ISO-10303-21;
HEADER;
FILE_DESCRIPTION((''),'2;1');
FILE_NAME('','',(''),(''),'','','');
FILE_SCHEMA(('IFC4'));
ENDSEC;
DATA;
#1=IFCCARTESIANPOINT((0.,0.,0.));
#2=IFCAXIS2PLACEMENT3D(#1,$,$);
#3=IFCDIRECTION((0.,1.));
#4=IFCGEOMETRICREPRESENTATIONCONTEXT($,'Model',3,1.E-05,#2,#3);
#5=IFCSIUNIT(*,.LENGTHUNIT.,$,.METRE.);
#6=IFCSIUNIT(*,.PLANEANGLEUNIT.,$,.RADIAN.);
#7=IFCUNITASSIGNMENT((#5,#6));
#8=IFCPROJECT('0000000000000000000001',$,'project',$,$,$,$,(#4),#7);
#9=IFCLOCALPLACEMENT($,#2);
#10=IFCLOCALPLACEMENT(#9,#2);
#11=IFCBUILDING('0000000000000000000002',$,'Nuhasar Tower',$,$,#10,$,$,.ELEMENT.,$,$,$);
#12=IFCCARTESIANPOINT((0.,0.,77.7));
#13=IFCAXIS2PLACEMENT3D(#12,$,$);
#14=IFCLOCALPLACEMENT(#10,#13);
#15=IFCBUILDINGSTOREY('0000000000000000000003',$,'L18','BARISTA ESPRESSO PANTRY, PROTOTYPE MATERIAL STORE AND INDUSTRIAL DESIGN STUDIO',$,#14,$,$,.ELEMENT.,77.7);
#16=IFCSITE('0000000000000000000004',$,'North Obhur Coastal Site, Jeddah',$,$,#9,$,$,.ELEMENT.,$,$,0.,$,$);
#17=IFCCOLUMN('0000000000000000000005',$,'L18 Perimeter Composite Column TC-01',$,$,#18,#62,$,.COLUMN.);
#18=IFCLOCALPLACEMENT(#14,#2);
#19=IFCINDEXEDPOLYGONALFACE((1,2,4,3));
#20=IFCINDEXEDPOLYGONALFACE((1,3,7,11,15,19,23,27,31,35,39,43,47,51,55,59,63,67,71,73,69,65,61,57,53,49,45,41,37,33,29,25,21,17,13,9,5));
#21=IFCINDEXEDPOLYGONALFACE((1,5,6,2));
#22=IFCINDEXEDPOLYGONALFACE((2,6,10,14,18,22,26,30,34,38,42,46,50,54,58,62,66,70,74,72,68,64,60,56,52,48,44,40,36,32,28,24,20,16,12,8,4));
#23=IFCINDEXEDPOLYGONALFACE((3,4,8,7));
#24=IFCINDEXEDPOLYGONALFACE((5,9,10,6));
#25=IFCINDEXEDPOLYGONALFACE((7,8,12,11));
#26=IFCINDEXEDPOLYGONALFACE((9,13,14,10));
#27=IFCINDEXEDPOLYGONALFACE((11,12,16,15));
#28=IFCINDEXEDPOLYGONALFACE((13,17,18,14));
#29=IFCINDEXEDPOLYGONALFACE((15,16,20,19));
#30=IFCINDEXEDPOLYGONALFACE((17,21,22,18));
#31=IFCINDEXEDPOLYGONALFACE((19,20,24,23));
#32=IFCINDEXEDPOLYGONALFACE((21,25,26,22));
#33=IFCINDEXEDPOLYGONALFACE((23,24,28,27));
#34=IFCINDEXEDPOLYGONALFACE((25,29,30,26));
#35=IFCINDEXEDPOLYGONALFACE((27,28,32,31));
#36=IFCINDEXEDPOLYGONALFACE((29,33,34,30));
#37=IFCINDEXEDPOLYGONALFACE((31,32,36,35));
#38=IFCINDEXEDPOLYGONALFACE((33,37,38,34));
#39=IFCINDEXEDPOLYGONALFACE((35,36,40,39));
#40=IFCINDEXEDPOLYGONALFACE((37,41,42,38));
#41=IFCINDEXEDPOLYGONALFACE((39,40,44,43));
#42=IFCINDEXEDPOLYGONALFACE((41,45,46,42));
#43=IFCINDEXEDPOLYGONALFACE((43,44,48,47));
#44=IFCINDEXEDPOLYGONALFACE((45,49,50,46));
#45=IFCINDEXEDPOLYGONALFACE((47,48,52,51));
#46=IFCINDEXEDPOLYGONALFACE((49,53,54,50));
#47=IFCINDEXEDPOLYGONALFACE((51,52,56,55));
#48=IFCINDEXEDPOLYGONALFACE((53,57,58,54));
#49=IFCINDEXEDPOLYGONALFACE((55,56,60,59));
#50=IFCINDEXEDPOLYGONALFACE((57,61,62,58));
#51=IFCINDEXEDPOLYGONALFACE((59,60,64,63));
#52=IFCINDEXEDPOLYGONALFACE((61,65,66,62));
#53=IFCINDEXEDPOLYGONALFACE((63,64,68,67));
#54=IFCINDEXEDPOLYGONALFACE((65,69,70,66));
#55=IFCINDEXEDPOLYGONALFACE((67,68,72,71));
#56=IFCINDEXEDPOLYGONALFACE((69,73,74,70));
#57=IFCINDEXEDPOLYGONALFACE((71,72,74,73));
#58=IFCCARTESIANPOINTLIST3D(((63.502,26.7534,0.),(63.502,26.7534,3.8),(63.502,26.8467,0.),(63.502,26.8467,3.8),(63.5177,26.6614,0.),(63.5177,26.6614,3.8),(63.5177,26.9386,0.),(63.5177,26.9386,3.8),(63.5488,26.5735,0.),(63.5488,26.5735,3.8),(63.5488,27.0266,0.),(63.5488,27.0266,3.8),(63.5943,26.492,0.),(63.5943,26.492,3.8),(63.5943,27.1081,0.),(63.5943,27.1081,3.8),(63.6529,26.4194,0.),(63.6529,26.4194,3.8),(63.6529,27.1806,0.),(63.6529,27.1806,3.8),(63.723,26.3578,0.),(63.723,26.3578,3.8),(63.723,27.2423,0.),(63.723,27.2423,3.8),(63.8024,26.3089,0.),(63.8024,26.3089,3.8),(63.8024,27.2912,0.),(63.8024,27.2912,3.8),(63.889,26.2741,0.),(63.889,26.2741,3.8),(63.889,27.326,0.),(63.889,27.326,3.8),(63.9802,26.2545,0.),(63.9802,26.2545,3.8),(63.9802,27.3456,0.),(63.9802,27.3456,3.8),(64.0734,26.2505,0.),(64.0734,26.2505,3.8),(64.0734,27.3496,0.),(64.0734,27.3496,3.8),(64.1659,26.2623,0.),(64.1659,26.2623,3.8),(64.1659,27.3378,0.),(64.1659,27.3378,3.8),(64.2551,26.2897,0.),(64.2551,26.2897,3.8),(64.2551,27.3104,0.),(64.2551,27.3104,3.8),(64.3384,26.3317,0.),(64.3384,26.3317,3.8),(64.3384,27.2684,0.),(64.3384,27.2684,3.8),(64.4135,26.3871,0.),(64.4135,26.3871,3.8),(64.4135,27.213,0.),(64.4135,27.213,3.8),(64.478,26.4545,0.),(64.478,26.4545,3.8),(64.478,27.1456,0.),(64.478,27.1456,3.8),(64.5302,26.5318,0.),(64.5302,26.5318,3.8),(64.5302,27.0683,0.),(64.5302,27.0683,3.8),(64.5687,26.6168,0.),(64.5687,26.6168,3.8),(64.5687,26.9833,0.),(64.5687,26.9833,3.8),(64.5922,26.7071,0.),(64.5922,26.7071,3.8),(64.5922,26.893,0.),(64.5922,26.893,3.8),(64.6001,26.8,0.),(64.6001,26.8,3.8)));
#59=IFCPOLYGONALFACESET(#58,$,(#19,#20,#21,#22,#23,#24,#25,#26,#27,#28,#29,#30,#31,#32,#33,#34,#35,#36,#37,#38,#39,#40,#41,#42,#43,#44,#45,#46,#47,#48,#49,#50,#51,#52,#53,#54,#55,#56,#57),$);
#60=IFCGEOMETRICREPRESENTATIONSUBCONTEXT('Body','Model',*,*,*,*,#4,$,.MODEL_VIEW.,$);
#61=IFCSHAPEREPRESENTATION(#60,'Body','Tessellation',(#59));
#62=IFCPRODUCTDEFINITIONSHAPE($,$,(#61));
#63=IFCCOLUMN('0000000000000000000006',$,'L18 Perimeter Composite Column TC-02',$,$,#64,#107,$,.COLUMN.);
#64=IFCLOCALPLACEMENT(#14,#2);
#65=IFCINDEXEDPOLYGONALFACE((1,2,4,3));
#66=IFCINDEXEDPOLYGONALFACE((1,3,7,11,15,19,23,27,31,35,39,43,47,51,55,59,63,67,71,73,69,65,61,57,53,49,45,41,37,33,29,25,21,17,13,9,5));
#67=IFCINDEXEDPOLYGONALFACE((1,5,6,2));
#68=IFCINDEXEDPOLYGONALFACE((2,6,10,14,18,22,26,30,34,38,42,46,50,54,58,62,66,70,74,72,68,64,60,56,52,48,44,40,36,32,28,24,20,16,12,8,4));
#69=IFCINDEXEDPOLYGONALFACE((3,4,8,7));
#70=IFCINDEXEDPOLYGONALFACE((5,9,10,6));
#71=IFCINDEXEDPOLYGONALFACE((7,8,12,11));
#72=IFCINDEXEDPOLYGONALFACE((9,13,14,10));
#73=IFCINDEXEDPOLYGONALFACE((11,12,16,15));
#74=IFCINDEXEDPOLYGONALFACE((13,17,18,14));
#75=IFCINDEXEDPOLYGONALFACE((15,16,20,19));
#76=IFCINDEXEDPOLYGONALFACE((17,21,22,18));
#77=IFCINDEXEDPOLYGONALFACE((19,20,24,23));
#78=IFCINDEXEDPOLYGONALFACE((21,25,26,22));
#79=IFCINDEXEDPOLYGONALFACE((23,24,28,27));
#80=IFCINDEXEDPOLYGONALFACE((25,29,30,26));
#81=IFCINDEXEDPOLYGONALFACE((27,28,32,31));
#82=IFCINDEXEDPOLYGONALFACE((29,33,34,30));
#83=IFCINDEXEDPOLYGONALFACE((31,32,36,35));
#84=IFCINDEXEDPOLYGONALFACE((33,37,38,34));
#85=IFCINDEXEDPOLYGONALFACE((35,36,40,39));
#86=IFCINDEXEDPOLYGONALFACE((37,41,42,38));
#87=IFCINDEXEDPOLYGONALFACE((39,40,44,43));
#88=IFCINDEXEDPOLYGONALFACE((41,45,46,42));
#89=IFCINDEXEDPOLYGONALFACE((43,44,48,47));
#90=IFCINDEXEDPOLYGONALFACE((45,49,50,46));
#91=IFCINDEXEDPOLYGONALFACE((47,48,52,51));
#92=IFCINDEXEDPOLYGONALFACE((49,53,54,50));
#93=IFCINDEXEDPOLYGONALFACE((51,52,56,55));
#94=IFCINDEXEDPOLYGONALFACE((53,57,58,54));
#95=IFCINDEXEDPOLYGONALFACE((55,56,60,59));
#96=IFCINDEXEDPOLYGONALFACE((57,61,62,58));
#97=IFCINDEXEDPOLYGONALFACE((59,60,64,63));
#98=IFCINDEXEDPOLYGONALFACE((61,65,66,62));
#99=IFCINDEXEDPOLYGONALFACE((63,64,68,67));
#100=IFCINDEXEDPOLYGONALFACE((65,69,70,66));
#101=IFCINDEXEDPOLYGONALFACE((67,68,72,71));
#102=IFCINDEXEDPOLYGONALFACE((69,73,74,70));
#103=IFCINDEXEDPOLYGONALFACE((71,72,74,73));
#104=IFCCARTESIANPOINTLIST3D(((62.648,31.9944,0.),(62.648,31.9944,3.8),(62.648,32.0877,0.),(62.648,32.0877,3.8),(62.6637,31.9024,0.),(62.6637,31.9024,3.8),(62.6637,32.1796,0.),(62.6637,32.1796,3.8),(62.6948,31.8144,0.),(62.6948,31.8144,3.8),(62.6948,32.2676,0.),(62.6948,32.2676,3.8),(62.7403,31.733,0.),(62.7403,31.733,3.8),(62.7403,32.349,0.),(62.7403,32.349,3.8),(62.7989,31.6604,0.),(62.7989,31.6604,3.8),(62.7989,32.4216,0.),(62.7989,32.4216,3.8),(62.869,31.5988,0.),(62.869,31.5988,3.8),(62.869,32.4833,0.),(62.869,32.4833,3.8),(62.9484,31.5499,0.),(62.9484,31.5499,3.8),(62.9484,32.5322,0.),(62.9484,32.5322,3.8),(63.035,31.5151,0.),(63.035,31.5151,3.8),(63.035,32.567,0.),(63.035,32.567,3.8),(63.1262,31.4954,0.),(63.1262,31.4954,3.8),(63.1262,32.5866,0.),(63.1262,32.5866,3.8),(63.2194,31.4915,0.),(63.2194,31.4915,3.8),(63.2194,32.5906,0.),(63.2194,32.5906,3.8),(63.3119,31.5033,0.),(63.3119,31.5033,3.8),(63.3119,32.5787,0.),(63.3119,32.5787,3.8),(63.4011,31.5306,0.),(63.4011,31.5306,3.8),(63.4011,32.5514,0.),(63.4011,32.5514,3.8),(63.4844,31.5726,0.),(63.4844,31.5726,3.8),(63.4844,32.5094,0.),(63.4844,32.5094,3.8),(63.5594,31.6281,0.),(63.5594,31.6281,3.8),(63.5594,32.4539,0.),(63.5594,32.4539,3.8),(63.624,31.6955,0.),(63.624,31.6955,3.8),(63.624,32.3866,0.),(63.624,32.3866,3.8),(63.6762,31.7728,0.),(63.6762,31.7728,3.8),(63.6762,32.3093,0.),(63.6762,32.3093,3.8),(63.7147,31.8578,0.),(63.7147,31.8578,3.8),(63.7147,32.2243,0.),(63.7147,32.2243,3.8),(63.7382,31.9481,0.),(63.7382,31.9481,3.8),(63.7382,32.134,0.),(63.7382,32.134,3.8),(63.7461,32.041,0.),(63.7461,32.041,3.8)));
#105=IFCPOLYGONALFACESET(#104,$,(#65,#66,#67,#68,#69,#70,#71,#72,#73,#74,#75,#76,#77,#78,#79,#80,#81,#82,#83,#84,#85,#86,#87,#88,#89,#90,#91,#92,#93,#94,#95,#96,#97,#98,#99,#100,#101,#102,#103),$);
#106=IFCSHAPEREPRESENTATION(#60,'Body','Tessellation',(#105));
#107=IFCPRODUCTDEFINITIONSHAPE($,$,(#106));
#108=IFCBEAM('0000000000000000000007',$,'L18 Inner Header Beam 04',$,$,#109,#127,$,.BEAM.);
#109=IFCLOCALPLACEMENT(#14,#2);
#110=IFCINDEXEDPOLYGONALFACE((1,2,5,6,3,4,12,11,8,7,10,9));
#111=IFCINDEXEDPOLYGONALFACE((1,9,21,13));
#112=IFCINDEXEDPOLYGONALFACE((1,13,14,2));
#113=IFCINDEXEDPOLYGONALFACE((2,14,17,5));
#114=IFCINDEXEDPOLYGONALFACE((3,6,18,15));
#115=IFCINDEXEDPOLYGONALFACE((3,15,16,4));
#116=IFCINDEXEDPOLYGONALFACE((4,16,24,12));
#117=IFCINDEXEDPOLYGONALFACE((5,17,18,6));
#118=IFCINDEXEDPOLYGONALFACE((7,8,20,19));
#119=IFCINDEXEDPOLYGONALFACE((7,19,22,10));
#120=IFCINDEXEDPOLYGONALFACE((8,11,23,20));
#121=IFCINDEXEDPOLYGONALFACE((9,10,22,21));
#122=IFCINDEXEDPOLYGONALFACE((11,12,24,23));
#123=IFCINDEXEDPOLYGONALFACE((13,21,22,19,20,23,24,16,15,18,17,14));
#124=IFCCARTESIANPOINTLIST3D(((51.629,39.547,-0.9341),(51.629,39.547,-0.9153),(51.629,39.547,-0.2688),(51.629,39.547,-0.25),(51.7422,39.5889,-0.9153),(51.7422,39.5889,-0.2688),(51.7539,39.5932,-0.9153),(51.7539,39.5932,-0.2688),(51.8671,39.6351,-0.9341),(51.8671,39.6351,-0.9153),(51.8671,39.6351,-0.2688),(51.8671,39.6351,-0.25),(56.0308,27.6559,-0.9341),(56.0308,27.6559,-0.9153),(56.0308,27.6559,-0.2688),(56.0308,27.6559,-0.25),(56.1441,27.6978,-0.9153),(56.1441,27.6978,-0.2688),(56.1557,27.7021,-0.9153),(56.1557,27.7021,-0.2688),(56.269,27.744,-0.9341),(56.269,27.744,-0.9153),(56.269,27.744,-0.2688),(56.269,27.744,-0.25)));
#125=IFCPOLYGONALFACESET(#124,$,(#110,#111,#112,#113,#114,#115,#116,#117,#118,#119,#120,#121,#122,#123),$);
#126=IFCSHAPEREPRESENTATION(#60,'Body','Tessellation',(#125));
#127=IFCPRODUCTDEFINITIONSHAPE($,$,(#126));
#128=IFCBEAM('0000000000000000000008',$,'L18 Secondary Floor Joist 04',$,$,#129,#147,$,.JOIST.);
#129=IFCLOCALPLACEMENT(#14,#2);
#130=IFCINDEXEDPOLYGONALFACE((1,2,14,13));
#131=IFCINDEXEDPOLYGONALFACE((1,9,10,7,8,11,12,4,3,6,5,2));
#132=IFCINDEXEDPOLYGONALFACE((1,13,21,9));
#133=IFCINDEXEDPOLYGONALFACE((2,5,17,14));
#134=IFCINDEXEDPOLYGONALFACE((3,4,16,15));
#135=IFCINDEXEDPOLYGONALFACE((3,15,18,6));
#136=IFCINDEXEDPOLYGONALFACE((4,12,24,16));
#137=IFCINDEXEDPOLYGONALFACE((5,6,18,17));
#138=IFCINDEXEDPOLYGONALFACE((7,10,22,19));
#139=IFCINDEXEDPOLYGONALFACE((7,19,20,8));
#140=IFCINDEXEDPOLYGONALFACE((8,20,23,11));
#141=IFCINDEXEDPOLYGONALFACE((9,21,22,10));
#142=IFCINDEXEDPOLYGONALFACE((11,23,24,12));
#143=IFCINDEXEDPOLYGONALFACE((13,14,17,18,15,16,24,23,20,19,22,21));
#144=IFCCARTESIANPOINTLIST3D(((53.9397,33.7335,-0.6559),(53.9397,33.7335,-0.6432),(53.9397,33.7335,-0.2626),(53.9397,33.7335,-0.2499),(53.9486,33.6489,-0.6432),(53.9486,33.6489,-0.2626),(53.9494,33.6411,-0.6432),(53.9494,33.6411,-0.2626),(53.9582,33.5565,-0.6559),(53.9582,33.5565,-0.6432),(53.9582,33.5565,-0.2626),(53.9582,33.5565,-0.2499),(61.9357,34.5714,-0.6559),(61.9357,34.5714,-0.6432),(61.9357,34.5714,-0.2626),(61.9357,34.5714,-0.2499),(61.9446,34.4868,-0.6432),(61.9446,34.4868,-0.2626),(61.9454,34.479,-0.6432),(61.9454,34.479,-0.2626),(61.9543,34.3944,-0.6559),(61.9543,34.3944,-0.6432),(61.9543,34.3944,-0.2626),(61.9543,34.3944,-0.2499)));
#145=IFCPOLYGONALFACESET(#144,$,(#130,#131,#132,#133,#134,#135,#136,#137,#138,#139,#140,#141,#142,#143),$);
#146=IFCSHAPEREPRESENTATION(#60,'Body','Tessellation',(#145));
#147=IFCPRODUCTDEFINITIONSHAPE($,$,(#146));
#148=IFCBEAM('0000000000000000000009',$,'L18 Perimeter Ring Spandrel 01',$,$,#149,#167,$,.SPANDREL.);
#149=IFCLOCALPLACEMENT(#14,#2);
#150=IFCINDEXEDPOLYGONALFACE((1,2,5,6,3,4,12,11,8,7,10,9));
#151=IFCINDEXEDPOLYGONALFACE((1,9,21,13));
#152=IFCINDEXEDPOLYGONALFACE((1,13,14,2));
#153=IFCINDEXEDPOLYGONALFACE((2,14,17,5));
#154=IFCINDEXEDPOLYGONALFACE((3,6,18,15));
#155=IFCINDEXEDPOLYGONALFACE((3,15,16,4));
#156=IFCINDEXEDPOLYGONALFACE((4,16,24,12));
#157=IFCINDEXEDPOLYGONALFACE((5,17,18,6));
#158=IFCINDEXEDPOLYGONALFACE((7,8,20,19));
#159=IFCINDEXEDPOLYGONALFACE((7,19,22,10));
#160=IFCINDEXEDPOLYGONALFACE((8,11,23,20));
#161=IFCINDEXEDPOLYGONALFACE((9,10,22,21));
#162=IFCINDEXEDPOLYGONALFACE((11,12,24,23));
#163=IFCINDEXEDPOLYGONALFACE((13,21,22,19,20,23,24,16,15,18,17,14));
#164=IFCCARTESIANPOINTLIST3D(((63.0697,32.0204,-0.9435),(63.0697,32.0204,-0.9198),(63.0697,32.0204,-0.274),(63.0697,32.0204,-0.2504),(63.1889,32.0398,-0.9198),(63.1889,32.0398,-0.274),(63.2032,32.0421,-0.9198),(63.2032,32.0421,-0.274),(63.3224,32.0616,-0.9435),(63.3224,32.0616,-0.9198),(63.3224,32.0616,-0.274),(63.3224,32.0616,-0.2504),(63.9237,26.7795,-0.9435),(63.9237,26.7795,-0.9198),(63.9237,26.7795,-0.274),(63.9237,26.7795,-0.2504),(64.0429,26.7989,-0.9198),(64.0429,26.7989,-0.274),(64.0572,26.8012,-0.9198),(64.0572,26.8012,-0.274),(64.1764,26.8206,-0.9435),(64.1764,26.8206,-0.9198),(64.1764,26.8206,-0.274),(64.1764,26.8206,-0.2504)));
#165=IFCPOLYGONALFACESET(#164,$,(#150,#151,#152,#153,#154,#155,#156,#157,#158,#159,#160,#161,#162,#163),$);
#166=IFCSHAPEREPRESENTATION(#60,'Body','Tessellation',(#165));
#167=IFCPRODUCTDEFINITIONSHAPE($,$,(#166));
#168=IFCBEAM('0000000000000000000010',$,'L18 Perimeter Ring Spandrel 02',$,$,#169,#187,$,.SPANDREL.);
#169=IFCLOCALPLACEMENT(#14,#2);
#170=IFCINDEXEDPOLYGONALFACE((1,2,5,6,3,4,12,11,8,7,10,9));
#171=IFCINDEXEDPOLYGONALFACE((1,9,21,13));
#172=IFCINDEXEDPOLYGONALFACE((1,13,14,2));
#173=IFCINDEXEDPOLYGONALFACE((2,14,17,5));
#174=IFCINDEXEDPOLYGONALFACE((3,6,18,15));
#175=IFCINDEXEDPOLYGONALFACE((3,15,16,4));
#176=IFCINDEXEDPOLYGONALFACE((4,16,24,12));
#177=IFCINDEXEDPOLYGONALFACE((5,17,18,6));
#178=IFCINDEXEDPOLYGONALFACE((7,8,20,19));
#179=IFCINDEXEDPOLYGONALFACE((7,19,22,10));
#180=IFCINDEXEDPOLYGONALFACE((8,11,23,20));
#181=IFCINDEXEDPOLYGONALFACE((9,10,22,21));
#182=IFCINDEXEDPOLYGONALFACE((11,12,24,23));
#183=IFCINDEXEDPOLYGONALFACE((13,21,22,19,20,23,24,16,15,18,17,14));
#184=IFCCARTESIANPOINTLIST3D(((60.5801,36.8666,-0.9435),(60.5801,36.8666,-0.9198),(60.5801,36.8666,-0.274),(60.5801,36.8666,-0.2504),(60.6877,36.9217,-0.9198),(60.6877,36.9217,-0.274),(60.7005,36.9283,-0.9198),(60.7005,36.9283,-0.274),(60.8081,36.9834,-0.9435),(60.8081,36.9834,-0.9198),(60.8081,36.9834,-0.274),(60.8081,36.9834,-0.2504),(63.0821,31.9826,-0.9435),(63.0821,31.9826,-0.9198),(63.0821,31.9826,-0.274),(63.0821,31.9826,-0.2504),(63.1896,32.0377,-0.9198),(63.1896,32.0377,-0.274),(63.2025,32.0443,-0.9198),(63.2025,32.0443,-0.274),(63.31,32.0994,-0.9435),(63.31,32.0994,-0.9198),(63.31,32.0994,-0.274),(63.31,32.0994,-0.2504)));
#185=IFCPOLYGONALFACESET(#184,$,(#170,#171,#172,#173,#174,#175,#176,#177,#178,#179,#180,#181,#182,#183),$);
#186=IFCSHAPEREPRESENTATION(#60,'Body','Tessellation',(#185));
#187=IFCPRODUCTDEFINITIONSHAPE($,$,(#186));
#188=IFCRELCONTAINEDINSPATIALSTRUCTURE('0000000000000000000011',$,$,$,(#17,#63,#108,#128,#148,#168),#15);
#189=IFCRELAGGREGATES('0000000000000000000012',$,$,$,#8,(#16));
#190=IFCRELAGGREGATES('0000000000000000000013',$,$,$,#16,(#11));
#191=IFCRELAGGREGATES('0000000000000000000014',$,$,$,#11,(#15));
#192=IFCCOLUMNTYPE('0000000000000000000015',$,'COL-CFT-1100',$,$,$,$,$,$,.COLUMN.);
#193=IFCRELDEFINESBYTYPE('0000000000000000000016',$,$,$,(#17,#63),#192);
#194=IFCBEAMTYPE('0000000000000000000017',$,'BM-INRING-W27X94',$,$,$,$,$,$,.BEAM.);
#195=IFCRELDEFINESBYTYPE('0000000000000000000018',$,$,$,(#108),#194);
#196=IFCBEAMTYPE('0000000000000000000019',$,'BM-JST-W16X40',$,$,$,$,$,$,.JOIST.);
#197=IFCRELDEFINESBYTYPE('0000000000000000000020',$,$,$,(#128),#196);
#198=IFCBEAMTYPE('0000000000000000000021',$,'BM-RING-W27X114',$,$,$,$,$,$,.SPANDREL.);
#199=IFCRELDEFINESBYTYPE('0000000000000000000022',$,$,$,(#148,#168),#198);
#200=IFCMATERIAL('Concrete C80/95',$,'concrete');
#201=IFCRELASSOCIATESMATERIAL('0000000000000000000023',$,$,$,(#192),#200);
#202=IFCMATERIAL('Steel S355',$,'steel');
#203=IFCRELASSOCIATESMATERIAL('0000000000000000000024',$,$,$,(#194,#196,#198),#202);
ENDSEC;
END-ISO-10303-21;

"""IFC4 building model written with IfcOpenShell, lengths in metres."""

from ifc_helpers import new_model, si_unit, direction, frame, origin, origin_2d, place, context, subcontext, project, spatial, circle, i_section, extrude, material, material_profile, profile_set, type_object, element, save


model = new_model("IFC4")

# Units and contexts
model_context = context("Model", 3, precision=1e-05, world=origin(), true_north=direction((0.0, 1.0)))
body_context = subcontext(model_context, "Body", "Model", "MODEL_VIEW")
ifc_project = project(units=[si_unit("LENGTHUNIT", "METRE"), si_unit("PLANEANGLEUNIT", "RADIAN")], contexts=[model_context])

# Site, building, storey
site_placement = place(None, origin())
site = spatial("IfcSite", under=ifc_project, at=site_placement, Name="North Obhur Coastal Site, Jeddah", CompositionType="ELEMENT", RefElevation=0.0)
building_placement = place(site_placement, origin())
building = spatial("IfcBuilding", under=site, at=building_placement, Name="Nuhasar Tower", CompositionType="ELEMENT")
storey_placement = place(building_placement, frame((0.0, 0.0, 77.7)))
storey = spatial("IfcBuildingStorey", under=building, at=storey_placement, Name="L18", Description="BARISTA ESPRESSO PANTRY, PROTOTYPE MATERIAL STORE AND INDUSTRIAL DESIGN STUDIO", CompositionType="ELEMENT", Elevation=77.7)

# Columns
ifc_material_1 = material(Name="Concrete C80/95", Category="concrete")
ifc_material_profile_1 = material_profile(ifc_material_1, circle(Radius=0.55, at=origin_2d()), Name="CFT1100")
ifc_profile_set_1 = profile_set([ifc_material_profile_1], Name="Concrete C80/95")
column_type = type_object("IfcColumnType", Name="COL-CFT-1100", PredefinedType="COLUMN", material=ifc_profile_set_1)
for number, where, z_axis, x_axis, name in (
    (1, (64.05, 26.8, 0.0), (0.0, 0.0, 1.0), (1.0, 0.0, 0.0), "L18 Perimeter Composite Column TC-01"),
    (2, (63.196, 32.041, 0.0), (0.0, 0.0, 1.0), (1.0, 0.0, 0.0), "L18 Perimeter Composite Column TC-02"),
):
    element("IfcColumn", number, at=place(storey_placement, frame(where, z_axis=z_axis, x_axis=x_axis)), inside=storey, type_object=column_type, Name=name, PredefinedType="COLUMN", context=body_context, shape_type="SweptSolid", body=[
        extrude(circle(Radius=0.55, at=origin_2d()), origin(), (0.0, 0.0, 1.0), 3.8),
    ])

# Beams
ifc_material_2 = material(Name="Steel S355", Category="steel")
ifc_material_profile_2 = material_profile(ifc_material_2, i_section(OverallWidth=0.2539, OverallDepth=0.6841, WebThickness=0.0125, FlangeThickness=0.0188, at=origin_2d()), Name="W27X94")
ifc_profile_set_2 = profile_set([ifc_material_profile_2], Name="Steel S355")
beam_type_1 = type_object("IfcBeamType", Name="BM-INRING-W27X94", PredefinedType="BEAM", material=ifc_profile_set_2)
beam_1_placement = place(storey_placement, frame((56.1499, 27.7, -0.592), z_axis=(-0.347158, 0.937807, 0.0), x_axis=(-0.937807, -0.347158, 0.0)))
element("IfcBeam", 3, at=beam_1_placement, inside=storey, type_object=beam_type_1, Name="L18 Inner Header Beam 04", PredefinedType="BEAM", context=body_context, shape_type="SweptSolid", body=[
    extrude(i_section(OverallWidth=0.2539, OverallDepth=0.6841, WebThickness=0.0125, FlangeThickness=0.0188, at=origin_2d()), origin(), (0.0, 0.0, 1.0), 12.6797),
])
ifc_material_profile_3 = material_profile(ifc_material_2, i_section(OverallWidth=0.178, OverallDepth=0.406, WebThickness=0.0078, FlangeThickness=0.0127, at=origin_2d()), Name="W16X40")
ifc_profile_set_3 = profile_set([ifc_material_profile_3], Name="Steel S355")
beam_type_2 = type_object("IfcBeamType", Name="BM-JST-W16X40", PredefinedType="JOIST", material=ifc_profile_set_3)
beam_2_placement = place(storey_placement, frame((53.949, 33.645, -0.4529), z_axis=(0.994555, 0.104217, 0.0), x_axis=(-0.104217, 0.994555, 0.0)))
element("IfcBeam", 4, at=beam_2_placement, inside=storey, type_object=beam_type_2, Name="L18 Secondary Floor Joist 04", PredefinedType="JOIST", context=body_context, shape_type="SweptSolid", body=[
    extrude(i_section(OverallWidth=0.178, OverallDepth=0.406, WebThickness=0.0078, FlangeThickness=0.0127, at=origin_2d()), origin(), (0.0, 0.0, 1.0), 8.0398),
])
ifc_material_profile_4 = material_profile(ifc_material_2, i_section(OverallWidth=0.2561, OverallDepth=0.6931, WebThickness=0.0144, FlangeThickness=0.0237, at=origin_2d()), Name="W27X114")
ifc_profile_set_4 = profile_set([ifc_material_profile_4], Name="Steel S355")
beam_type_3 = type_object("IfcBeamType", Name="BM-RING-W27X114", PredefinedType="SPANDREL", material=ifc_profile_set_4)
beam_3_placement = place(storey_placement, frame((64.05, 26.8, -0.5969), z_axis=(-0.160827, 0.986983, 0.0), x_axis=(-0.986983, -0.160827, 0.0)))
element("IfcBeam", 5, at=beam_3_placement, inside=storey, type_object=beam_type_3, Name="L18 Perimeter Ring Spandrel 01", PredefinedType="SPANDREL", context=body_context, shape_type="SweptSolid", body=[
    extrude(i_section(OverallWidth=0.2561, OverallDepth=0.6931, WebThickness=0.0144, FlangeThickness=0.0237, at=origin_2d()), origin(), (0.0, 0.0, 1.0), 5.3101),
])
beam_4_placement = place(storey_placement, frame((63.196, 32.041, -0.5969), z_axis=(-0.45593, 0.890016, 0.0), x_axis=(-0.890016, -0.45593, 0.0)))
element("IfcBeam", 6, at=beam_4_placement, inside=storey, type_object=beam_type_3, Name="L18 Perimeter Ring Spandrel 02", PredefinedType="SPANDREL", context=body_context, shape_type="SweptSolid", body=[
    extrude(i_section(OverallWidth=0.2561, OverallDepth=0.6931, WebThickness=0.0144, FlangeThickness=0.0237, at=origin_2d()), origin(), (0.0, 0.0, 1.0), 5.4875),
])

save(model, "model.ifc")
